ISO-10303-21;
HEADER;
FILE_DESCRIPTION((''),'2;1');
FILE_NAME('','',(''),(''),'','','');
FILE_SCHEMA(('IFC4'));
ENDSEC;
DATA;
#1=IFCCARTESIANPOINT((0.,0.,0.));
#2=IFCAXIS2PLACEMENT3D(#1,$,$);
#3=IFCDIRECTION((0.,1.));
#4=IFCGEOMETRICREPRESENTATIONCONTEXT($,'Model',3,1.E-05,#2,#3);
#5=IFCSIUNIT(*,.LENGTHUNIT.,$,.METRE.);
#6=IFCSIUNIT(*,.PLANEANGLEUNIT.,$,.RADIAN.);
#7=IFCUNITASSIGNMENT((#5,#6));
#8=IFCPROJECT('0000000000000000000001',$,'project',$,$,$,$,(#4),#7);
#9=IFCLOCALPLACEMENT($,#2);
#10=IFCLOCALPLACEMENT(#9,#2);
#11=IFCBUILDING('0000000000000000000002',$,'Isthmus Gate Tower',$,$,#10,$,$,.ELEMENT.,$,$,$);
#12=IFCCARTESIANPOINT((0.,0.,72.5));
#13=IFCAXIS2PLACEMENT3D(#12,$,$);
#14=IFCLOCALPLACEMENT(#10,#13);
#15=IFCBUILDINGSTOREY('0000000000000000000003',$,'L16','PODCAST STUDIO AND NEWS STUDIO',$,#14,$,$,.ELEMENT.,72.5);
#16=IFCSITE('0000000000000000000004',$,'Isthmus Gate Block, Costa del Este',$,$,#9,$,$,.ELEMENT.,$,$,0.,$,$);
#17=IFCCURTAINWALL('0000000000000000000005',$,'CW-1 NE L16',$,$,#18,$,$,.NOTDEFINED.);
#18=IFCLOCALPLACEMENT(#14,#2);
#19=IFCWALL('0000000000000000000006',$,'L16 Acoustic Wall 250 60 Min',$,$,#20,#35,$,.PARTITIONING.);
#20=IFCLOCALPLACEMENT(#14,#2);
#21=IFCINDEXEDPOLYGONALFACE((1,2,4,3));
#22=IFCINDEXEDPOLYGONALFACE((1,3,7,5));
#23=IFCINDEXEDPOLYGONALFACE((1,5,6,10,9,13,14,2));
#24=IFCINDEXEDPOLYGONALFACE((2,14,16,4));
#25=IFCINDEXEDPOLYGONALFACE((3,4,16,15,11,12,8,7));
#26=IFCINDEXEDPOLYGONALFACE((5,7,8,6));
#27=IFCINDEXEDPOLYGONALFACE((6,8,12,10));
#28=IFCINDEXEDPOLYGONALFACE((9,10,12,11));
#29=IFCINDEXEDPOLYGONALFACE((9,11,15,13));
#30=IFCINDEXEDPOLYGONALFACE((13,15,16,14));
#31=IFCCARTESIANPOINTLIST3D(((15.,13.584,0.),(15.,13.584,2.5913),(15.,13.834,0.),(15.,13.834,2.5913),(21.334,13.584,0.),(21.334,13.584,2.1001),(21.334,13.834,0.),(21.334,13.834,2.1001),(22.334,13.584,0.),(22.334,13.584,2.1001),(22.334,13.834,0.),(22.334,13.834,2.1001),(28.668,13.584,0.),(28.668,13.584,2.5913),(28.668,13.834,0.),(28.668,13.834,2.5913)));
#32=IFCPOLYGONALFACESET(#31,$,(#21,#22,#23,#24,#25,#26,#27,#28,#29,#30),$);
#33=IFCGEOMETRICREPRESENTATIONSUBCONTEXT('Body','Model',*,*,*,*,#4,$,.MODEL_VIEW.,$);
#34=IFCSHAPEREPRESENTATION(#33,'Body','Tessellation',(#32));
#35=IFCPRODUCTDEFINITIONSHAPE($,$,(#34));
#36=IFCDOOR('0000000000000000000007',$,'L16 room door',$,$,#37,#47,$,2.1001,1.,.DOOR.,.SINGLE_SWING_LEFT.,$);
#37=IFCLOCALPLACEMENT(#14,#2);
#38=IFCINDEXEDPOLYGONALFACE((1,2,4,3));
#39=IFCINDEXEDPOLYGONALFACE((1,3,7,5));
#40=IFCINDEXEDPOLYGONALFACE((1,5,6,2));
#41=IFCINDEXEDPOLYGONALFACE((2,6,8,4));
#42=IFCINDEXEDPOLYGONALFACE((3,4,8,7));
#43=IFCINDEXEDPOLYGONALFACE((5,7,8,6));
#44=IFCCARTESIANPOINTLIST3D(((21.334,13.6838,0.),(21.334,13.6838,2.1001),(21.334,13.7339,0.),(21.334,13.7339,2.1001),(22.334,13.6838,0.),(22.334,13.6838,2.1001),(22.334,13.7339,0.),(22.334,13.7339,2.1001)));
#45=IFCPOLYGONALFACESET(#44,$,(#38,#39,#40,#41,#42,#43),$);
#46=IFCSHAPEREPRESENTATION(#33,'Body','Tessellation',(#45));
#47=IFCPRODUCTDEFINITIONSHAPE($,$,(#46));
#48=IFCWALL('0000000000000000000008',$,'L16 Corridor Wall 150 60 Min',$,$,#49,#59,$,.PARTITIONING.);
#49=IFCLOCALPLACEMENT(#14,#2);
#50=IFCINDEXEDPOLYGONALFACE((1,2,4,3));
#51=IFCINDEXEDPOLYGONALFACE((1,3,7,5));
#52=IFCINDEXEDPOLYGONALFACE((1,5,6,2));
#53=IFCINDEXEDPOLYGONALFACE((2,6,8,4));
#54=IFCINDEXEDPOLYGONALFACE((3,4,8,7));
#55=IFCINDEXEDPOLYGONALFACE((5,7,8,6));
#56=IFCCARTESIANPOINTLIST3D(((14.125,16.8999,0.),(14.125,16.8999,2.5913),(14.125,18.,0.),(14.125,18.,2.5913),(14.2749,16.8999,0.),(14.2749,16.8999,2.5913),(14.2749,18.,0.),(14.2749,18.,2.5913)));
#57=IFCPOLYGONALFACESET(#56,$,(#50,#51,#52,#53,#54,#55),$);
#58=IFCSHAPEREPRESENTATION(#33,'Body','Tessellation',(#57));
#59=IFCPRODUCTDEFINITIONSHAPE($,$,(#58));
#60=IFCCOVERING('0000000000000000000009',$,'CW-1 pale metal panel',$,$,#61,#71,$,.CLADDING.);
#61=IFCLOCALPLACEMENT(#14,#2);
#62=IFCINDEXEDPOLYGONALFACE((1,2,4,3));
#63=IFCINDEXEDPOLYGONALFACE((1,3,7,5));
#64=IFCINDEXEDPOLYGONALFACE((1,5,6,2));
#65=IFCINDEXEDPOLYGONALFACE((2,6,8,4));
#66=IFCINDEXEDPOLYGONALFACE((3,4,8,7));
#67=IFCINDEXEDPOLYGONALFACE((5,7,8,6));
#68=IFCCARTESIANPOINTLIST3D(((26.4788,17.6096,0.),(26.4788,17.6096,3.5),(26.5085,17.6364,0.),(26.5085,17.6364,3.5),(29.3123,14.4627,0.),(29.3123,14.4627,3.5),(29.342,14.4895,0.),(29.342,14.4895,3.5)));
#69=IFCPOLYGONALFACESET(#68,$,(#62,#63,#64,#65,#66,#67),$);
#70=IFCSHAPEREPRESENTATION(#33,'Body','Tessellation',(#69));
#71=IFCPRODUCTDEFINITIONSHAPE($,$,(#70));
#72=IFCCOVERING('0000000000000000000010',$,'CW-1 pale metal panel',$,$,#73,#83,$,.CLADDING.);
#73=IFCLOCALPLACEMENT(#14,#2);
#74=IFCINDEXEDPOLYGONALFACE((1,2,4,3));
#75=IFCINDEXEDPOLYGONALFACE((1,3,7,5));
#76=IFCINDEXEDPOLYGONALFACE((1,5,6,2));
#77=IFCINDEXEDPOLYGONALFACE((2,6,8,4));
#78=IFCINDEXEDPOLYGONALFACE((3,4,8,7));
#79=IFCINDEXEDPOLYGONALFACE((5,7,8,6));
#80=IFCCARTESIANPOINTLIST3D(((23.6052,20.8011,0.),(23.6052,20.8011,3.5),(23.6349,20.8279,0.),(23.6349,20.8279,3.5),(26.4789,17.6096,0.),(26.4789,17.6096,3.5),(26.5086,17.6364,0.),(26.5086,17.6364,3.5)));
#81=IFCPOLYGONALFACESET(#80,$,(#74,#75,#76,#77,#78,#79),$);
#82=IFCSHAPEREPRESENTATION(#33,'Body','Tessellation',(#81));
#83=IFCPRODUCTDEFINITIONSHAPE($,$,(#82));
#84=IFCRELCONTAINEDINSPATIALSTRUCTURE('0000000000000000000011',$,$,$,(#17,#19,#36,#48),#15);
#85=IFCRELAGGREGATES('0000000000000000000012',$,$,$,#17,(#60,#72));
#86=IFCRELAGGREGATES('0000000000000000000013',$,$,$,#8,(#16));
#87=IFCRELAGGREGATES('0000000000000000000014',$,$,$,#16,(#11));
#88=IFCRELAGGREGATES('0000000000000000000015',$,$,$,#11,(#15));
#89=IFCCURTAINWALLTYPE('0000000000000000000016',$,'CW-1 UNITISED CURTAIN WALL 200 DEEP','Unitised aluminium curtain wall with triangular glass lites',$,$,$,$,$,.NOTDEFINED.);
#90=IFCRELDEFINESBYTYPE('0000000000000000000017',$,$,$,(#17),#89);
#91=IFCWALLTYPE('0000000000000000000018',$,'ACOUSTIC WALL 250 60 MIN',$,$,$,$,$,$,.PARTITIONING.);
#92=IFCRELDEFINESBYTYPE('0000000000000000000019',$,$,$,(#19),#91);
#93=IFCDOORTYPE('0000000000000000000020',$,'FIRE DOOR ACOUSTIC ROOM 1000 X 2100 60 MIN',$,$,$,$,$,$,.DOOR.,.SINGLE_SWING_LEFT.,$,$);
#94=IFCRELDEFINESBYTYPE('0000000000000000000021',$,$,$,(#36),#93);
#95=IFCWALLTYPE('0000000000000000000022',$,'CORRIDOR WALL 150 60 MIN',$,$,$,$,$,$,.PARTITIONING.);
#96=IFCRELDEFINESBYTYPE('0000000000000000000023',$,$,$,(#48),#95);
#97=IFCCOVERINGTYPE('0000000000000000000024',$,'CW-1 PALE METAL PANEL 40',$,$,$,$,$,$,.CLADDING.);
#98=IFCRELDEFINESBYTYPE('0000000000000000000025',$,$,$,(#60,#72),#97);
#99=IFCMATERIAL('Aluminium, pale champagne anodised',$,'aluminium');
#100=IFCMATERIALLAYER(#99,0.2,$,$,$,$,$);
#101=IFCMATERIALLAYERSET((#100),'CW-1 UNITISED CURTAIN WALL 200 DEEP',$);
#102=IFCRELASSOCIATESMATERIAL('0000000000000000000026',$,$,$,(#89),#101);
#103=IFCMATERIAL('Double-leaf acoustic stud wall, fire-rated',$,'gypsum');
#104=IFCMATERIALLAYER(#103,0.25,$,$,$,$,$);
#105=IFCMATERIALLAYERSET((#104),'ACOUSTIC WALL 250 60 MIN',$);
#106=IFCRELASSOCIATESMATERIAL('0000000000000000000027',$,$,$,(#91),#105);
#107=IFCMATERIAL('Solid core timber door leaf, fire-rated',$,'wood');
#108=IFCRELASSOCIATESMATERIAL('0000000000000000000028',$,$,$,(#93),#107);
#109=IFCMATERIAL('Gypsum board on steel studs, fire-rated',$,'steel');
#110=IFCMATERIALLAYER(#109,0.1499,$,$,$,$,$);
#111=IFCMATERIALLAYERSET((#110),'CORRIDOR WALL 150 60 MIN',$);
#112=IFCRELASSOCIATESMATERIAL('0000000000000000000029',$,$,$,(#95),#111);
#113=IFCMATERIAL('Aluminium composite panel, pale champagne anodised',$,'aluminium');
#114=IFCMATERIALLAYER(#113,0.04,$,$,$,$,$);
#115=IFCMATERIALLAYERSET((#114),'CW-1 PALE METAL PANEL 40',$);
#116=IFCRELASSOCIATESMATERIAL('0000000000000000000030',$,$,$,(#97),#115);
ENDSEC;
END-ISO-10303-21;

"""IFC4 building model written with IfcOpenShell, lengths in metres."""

from ifc_helpers import new_model, si_unit, direction, frame, frame_2d, origin, origin_2d, place, context, subcontext, project, spatial, rectangle, extrude, material, layer, layer_set, type_object, element, fill, aggregate, save


model = new_model("IFC4")

# Units and contexts
model_context = context("Model", 3, precision=1e-05, world=origin(), true_north=direction((0.0, 1.0)))
body_context = subcontext(model_context, "Body", "Model", "MODEL_VIEW")
ifc_project = project(units=[si_unit("LENGTHUNIT", "METRE"), si_unit("PLANEANGLEUNIT", "RADIAN")], contexts=[model_context])

# Site, building, storey
site_placement = place(None, origin())
site = spatial("IfcSite", under=ifc_project, at=site_placement, Name="Isthmus Gate Block, Costa del Este", CompositionType="ELEMENT", RefElevation=0.0)
building_placement = place(site_placement, origin())
building = spatial("IfcBuilding", under=site, at=building_placement, Name="Isthmus Gate Tower", CompositionType="ELEMENT")
storey_placement = place(building_placement, frame((0.0, 0.0, 72.5)))
storey = spatial("IfcBuildingStorey", under=building, at=storey_placement, Name="L16", Description="PODCAST STUDIO AND NEWS STUDIO", CompositionType="ELEMENT", Elevation=72.5)

# Curtain wall
ifc_material_1 = material(Name="Aluminium, pale champagne anodised", Category="aluminium")
ifc_layer_1 = layer(ifc_material_1, 0.2)
ifc_layer_set_1 = layer_set([ifc_layer_1], Name="CW-1 UNITISED CURTAIN WALL 200 DEEP")
curtain_wall_type = type_object("IfcCurtainWallType", Name="CW-1 UNITISED CURTAIN WALL 200 DEEP", Description="Unitised aluminium curtain wall with triangular glass lites", PredefinedType="NOTDEFINED", material=ifc_layer_set_1)
curtain_wall_1_placement = place(storey_placement, origin())
curtain_wall_1 = element("IfcCurtainWall", 1, at=curtain_wall_1_placement, inside=storey, type_object=curtain_wall_type, Name="CW-1 NE L16", PredefinedType="NOTDEFINED")

# Shared definitions
ifc_material_2 = material(Name="Double-leaf acoustic stud wall, fire-rated", Category="gypsum")
ifc_layer_2 = layer(ifc_material_2, 0.25)
ifc_layer_set_2 = layer_set([ifc_layer_2], Name="ACOUSTIC WALL 250 60 MIN")
wall_type_1 = type_object("IfcWallType", Name="ACOUSTIC WALL 250 60 MIN", PredefinedType="PARTITIONING", material=ifc_layer_set_2)

# Wall, opening, door
wall_1_placement = place(storey_placement, frame((15.0, 13.709, 0.0), z_axis=(0.0, 0.0, 1.0), x_axis=(1.0, 0.0, 0.0)))
wall_1 = element("IfcWall", 2, at=wall_1_placement, inside=storey, type_object=wall_type_1, Name="L16 Acoustic Wall 250 60 Min", PredefinedType="PARTITIONING", context=body_context, shape_type="SweptSolid", body=[
    extrude(rectangle(XDim=13.668, YDim=0.25, at=frame_2d((6.834, 0.0))), origin(), (0.0, 0.0, 1.0), 2.5913),
])
opening_placement = place(wall_1_placement, frame((6.334, 0.0, 0.0)))
opening = element("IfcOpeningElement", 3, at=opening_placement, cuts=wall_1, PredefinedType="OPENING", context=body_context, shape_type="SweptSolid", body=[
    extrude(rectangle(XDim=1.0, YDim=2.1001, at=frame_2d((0.5, 1.05))), frame((0.0, 0.135, 0.0), z_axis=(0.0, -1.0, 0.0), x_axis=(1.0, 0.0, 0.0)), (0.0, 0.0, 1.0), 0.27),
])
ifc_material_3 = material(Name="Solid core timber door leaf, fire-rated", Category="wood")
door_type = type_object("IfcDoorType", Name="FIRE DOOR ACOUSTIC ROOM 1000 X 2100 60 MIN", OperationType="SINGLE_SWING_LEFT", PredefinedType="DOOR", material=ifc_material_3)
door_placement = place(opening_placement, origin())
door = element("IfcDoor", 4, at=door_placement, inside=storey, type_object=door_type, Name="L16 room door", OperationType="SINGLE_SWING_LEFT", OverallHeight=2.1001, OverallWidth=1.0, PredefinedType="DOOR", context=body_context, shape_type="SweptSolid", body=[
    extrude(rectangle(XDim=1.0, YDim=2.1001, at=frame_2d((0.5, 1.05))), frame((0.0, 0.0249, 0.0), z_axis=(0.0, -1.0, 0.0), x_axis=(1.0, 0.0, 0.0)), (0.0, 0.0, 1.0), 0.05),
])
fill(opening, door)

# Wall
ifc_material_4 = material(Name="Gypsum board on steel studs, fire-rated", Category="steel")
ifc_layer_3 = layer(ifc_material_4, 0.1499)
ifc_layer_set_3 = layer_set([ifc_layer_3], Name="CORRIDOR WALL 150 60 MIN")
wall_type_2 = type_object("IfcWallType", Name="CORRIDOR WALL 150 60 MIN", PredefinedType="PARTITIONING", material=ifc_layer_set_3)
wall_2_placement = place(storey_placement, frame((14.2, 18.0, 0.0), z_axis=(0.0, 0.0, 1.0), x_axis=(0.0, -1.0, 0.0)))
element("IfcWall", 5, at=wall_2_placement, inside=storey, type_object=wall_type_2, Name="L16 Corridor Wall 150 60 Min", PredefinedType="PARTITIONING", context=body_context, shape_type="SweptSolid", body=[
    extrude(rectangle(XDim=1.1001, YDim=0.1499, at=frame_2d((0.55, 0.0))), origin(), (0.0, 0.0, 1.0), 2.5913),
])

# Coverings
ifc_material_5 = material(Name="Aluminium composite panel, pale champagne anodised", Category="aluminium")
ifc_layer_4 = layer(ifc_material_5, 0.04)
ifc_layer_set_4 = layer_set([ifc_layer_4], Name="CW-1 PALE METAL PANEL 40")
covering_type = type_object("IfcCoveringType", Name="CW-1 PALE METAL PANEL 40", PredefinedType="CLADDING", material=ifc_layer_set_4)
covering_1_placement = place(storey_placement, frame((27.9104, 16.0496, 0.0), z_axis=(0.0, 0.0, 1.0), x_axis=(-0.669131, 0.743145, 0.0)))
covering_1 = element("IfcCovering", 6, at=covering_1_placement, type_object=covering_type, Name="CW-1 pale metal panel", PredefinedType="CLADDING", context=body_context, shape_type="SweptSolid", body=[
    extrude(rectangle(XDim=4.2346, YDim=0.04, at=origin_2d()), origin(), (0.0, 0.0, 1.0), 3.5),
])
covering_2_placement = place(storey_placement, frame((25.0569, 19.2188, 0.0), z_axis=(0.0, 0.0, 1.0), x_axis=(-0.669131, 0.743145, 0.0)))
covering_2 = element("IfcCovering", 7, at=covering_2_placement, type_object=covering_type, Name="CW-1 pale metal panel", PredefinedType="CLADDING", context=body_context, shape_type="SweptSolid", body=[
    extrude(rectangle(XDim=4.2947, YDim=0.04, at=origin_2d()), origin(), (0.0, 0.0, 1.0), 3.5),
])
aggregate(curtain_wall_1, [covering_1, covering_2])

save(model, "model.ifc")
